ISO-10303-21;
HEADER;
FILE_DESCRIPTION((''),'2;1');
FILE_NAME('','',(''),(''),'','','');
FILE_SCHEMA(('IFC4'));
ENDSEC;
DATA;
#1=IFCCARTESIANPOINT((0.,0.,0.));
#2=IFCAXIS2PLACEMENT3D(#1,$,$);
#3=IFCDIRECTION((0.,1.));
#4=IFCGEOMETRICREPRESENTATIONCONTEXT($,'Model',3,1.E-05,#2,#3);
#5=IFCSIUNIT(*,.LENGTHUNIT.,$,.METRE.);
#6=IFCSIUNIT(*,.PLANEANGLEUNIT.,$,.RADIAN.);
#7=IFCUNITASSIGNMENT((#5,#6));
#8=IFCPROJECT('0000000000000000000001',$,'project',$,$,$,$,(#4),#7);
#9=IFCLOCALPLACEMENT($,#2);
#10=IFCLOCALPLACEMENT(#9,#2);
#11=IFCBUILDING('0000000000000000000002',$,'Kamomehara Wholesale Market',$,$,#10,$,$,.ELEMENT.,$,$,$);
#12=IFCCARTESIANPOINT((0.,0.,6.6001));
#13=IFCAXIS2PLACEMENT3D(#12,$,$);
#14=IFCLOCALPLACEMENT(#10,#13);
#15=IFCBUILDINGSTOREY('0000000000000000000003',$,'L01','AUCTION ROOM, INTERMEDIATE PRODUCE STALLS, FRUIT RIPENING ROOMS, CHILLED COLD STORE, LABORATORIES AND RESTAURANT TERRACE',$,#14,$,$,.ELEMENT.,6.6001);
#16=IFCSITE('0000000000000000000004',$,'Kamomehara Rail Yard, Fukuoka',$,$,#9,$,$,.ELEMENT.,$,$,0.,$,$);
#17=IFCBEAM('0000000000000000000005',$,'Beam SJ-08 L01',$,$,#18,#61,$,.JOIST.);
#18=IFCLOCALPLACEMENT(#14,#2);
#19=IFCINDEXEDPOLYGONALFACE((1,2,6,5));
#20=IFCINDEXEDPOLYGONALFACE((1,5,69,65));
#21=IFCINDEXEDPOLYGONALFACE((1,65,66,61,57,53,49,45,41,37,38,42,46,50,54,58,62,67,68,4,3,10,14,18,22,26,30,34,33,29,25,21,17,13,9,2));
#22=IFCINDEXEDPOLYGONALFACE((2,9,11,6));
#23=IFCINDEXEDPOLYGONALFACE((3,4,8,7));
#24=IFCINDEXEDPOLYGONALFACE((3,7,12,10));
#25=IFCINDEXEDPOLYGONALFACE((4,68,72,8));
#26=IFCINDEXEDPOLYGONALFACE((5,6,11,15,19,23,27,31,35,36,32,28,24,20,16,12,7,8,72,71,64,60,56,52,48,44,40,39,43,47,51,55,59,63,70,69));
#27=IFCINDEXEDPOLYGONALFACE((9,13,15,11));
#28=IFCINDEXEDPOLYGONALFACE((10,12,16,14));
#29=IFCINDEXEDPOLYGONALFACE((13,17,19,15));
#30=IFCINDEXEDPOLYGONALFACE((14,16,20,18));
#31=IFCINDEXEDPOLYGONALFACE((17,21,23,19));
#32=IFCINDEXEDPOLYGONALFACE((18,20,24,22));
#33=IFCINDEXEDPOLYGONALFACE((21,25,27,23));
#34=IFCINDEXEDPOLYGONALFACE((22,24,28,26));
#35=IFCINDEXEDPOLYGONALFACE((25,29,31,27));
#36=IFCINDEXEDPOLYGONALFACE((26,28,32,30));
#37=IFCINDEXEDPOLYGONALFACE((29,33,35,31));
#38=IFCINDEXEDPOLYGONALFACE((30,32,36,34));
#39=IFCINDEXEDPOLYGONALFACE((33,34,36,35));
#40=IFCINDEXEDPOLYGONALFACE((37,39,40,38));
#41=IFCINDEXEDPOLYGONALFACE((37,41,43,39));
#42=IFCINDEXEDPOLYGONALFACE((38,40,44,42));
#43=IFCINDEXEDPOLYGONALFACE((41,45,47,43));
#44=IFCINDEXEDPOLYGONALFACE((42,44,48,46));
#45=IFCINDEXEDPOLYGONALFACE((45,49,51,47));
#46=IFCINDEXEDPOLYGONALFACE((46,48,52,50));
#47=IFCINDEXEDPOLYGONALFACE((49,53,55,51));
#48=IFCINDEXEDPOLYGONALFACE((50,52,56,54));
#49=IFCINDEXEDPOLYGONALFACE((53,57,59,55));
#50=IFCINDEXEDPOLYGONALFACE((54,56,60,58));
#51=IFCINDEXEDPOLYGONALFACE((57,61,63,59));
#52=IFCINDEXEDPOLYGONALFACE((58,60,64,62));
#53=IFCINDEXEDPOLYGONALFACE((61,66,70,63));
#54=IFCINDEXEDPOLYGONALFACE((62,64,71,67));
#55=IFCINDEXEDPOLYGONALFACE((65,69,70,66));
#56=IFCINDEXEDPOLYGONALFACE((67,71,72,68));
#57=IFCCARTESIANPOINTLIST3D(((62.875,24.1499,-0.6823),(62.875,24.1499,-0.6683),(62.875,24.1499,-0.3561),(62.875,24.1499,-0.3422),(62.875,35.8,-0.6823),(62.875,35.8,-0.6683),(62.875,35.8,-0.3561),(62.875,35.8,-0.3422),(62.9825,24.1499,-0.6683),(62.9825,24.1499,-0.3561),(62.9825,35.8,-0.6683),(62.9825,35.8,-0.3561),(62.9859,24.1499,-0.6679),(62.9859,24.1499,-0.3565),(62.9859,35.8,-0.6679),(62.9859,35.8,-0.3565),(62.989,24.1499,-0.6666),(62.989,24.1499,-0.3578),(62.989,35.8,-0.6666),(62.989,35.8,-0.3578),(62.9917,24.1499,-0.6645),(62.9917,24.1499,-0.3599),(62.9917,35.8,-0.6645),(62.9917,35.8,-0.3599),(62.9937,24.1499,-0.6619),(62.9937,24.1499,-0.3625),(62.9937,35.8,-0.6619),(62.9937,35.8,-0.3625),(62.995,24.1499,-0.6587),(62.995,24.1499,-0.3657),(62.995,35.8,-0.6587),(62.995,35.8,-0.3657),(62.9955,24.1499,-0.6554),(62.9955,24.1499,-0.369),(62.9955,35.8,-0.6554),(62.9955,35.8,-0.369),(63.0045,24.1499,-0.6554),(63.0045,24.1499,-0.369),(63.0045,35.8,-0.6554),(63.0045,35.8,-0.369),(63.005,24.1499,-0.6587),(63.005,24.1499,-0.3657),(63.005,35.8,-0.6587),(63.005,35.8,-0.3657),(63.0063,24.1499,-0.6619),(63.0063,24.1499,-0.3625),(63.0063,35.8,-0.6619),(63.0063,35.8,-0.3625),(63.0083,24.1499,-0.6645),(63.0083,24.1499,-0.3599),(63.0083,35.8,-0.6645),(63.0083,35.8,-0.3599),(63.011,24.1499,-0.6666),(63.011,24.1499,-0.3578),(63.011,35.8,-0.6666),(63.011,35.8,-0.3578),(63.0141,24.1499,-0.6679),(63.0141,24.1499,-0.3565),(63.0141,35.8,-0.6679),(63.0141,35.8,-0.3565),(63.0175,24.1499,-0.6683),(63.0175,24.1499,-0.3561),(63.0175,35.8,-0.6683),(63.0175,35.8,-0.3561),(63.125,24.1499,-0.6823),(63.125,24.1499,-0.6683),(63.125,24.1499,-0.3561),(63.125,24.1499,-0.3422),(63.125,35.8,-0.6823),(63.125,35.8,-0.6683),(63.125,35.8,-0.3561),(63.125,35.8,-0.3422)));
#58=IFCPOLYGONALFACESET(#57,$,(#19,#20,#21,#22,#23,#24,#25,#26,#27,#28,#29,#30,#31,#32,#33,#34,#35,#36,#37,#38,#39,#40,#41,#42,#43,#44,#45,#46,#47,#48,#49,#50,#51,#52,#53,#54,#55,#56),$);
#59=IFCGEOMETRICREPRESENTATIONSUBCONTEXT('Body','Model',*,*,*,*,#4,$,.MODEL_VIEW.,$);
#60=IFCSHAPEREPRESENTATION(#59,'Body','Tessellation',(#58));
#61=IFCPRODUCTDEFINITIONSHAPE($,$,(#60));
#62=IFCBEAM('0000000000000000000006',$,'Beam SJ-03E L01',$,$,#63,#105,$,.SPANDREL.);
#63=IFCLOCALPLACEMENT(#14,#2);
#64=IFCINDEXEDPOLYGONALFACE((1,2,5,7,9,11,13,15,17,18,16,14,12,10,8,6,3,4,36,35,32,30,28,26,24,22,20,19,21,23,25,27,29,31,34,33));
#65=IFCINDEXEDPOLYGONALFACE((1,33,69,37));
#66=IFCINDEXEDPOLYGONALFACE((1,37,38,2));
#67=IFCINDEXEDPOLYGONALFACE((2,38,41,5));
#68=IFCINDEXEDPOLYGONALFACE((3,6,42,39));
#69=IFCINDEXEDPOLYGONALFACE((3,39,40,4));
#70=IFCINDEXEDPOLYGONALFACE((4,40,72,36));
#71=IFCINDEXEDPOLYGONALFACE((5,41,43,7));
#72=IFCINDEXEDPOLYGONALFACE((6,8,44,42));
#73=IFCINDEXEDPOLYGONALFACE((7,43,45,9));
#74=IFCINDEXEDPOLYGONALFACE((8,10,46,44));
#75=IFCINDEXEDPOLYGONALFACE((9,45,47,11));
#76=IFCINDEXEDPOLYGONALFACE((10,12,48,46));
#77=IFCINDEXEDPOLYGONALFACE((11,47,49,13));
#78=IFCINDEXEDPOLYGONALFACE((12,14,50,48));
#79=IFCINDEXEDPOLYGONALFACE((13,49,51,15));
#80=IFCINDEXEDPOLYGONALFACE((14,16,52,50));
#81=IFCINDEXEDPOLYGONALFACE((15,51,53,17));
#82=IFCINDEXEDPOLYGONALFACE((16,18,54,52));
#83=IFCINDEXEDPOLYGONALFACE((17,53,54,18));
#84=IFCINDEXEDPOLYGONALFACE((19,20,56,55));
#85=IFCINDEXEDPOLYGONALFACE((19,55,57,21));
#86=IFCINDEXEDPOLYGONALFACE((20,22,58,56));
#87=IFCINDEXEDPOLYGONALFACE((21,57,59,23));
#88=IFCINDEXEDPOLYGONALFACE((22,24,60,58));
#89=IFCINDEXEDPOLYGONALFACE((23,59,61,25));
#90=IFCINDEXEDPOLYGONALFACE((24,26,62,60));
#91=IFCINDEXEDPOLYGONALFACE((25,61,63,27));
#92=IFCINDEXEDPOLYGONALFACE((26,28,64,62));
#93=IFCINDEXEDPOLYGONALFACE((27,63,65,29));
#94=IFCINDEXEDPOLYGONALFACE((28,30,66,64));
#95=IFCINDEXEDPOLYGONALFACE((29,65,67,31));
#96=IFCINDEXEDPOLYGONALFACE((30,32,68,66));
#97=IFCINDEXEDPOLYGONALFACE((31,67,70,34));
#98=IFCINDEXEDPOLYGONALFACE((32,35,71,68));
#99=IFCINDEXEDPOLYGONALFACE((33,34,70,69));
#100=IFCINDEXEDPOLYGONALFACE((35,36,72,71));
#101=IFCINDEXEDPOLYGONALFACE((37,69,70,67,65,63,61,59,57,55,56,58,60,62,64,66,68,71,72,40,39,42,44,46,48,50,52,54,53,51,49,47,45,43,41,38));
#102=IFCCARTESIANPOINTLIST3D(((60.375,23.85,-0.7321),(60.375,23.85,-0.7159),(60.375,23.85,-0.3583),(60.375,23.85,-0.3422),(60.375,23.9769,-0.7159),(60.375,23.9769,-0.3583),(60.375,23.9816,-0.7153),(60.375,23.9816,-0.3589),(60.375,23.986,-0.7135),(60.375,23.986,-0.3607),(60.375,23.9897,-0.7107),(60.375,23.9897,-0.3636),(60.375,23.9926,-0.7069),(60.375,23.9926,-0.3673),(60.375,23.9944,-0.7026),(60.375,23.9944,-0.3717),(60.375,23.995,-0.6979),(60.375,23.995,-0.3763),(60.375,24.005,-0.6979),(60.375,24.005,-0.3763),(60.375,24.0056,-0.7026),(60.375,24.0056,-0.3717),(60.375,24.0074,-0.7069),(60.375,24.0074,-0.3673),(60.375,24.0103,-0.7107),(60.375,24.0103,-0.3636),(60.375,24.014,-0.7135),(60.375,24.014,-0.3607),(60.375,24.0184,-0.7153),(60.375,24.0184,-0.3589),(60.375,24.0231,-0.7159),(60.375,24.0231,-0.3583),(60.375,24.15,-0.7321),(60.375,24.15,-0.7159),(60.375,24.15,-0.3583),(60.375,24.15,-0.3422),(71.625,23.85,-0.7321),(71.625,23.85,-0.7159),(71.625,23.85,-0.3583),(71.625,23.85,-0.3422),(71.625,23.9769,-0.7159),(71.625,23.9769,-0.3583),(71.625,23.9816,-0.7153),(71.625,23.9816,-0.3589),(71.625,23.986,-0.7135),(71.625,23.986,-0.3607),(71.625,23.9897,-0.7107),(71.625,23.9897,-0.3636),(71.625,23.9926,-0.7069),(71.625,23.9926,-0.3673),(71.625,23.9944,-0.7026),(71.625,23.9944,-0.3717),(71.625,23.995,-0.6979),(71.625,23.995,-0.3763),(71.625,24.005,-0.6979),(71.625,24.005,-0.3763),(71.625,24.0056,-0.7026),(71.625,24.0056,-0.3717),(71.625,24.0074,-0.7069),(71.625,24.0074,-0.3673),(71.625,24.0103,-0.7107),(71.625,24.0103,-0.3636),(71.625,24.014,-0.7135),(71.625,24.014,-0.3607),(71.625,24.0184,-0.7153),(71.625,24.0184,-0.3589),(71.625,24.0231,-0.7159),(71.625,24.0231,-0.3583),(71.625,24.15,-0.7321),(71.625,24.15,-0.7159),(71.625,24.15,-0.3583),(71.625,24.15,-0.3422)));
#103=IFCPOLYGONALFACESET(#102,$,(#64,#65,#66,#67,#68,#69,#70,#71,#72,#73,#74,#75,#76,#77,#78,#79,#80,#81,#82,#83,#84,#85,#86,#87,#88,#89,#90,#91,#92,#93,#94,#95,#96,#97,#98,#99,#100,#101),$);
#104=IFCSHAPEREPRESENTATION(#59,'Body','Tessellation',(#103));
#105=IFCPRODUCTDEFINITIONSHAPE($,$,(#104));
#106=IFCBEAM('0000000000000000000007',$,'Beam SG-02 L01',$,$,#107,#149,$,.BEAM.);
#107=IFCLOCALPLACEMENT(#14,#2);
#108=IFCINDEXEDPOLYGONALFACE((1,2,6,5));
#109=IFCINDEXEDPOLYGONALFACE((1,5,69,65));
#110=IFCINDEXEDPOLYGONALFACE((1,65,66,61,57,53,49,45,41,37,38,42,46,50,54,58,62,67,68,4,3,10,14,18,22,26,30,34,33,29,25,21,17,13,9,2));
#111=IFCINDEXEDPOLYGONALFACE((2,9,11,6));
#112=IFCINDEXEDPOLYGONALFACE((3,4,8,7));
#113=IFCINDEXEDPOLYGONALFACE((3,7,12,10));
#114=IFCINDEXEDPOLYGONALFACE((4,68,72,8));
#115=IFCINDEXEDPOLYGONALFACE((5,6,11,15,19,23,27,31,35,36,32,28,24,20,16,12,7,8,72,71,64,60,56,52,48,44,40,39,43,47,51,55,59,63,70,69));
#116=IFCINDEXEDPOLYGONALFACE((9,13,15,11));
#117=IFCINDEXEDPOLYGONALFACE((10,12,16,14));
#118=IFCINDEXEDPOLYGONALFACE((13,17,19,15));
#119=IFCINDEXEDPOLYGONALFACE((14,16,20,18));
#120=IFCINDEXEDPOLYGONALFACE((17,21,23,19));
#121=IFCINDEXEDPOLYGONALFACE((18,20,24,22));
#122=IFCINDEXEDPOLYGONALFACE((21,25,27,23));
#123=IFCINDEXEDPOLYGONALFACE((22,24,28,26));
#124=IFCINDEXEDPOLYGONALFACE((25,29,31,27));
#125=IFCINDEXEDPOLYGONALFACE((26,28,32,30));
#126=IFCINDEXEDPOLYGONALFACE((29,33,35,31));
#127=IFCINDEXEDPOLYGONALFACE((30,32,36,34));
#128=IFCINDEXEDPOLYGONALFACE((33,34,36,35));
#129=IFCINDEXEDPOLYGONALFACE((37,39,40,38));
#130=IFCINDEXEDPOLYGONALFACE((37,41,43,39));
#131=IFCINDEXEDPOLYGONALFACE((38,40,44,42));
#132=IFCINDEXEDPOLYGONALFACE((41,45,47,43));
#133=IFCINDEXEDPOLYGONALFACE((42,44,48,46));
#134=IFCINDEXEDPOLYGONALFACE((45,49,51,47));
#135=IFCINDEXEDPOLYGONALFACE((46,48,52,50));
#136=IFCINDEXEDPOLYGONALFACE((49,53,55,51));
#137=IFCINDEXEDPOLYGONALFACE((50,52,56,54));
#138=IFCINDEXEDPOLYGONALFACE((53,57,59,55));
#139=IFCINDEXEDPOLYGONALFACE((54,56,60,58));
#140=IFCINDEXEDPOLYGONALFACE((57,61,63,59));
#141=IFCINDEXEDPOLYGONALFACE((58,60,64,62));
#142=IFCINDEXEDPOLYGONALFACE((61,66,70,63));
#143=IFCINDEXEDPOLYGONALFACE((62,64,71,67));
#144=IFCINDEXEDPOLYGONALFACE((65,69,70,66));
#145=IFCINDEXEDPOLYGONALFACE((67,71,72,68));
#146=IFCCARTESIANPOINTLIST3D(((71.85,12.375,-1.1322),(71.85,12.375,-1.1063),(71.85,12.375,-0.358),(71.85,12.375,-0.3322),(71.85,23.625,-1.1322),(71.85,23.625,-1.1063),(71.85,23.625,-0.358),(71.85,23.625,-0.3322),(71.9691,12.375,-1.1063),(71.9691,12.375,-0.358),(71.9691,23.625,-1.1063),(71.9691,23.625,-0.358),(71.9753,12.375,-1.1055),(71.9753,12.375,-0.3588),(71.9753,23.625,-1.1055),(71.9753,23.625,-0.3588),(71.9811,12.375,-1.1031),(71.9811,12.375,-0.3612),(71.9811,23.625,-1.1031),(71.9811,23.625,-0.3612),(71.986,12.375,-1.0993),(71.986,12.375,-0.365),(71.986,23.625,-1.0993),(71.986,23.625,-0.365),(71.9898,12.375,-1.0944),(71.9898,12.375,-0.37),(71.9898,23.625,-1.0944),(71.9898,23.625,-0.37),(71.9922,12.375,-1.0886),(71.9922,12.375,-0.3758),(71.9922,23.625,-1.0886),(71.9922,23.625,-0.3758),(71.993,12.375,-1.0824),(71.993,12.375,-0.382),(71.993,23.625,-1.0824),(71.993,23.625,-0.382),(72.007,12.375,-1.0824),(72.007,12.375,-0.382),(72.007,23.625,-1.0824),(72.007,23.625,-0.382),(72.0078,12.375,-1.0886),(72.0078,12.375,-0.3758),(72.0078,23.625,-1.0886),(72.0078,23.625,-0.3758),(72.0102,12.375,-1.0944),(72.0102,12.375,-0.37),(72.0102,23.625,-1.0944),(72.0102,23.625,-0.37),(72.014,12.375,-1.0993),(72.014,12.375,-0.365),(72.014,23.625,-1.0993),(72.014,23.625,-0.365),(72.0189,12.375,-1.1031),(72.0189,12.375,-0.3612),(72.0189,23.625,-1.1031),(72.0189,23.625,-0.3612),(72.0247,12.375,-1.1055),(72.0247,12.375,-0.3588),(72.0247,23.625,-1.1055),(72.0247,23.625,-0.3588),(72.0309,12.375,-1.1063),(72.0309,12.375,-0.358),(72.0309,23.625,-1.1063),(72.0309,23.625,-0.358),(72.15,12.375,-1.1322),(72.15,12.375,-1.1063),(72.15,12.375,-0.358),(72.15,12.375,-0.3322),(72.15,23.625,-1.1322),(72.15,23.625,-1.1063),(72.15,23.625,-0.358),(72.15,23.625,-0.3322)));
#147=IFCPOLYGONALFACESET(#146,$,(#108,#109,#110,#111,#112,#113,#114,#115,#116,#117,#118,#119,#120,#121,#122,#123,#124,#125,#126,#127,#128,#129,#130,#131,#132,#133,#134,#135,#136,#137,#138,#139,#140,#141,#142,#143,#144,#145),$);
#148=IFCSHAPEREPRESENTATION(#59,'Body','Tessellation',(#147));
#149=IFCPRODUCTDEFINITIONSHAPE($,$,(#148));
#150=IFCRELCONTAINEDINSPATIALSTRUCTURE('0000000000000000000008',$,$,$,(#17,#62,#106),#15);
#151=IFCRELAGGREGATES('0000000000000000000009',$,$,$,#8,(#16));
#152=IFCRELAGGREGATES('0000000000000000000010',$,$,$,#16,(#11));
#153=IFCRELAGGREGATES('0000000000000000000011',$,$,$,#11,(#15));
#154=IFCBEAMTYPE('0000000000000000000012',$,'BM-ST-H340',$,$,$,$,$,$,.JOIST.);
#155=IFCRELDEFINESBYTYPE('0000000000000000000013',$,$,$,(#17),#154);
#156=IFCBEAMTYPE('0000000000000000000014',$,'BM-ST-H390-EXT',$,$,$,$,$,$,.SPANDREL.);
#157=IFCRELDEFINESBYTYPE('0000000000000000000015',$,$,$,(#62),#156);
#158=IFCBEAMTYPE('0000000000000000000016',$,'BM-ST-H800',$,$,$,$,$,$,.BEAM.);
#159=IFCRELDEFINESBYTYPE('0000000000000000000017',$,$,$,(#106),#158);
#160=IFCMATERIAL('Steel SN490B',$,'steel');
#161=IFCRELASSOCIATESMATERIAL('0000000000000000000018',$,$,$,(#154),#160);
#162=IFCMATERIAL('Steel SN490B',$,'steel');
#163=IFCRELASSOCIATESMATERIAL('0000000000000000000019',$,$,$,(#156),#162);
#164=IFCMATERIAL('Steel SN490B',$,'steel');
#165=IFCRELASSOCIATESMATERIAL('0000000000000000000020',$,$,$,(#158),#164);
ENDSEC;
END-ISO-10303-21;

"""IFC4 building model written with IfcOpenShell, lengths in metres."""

from ifc_helpers import new_model, si_unit, direction, frame, origin, origin_2d, place, context, subcontext, project, spatial, i_section, extrude, material, material_profile, profile_set, type_object, element, save


model = new_model("IFC4")

# Units and contexts
model_context = context("Model", 3, precision=1e-05, world=origin(), true_north=direction((0.0, 1.0)))
body_context = subcontext(model_context, "Body", "Model", "MODEL_VIEW")
ifc_project = project(units=[si_unit("LENGTHUNIT", "METRE"), si_unit("PLANEANGLEUNIT", "RADIAN")], contexts=[model_context])

# Site, building, storey
site_placement = place(None, origin())
site = spatial("IfcSite", under=ifc_project, at=site_placement, Name="Kamomehara Rail Yard, Fukuoka", CompositionType="ELEMENT", RefElevation=0.0)
building_placement = place(site_placement, origin())
building = spatial("IfcBuilding", under=site, at=building_placement, Name="Kamomehara Wholesale Market", CompositionType="ELEMENT")
storey_placement = place(building_placement, frame((0.0, 0.0, 6.6001)))
storey = spatial("IfcBuildingStorey", under=building, at=storey_placement, Name="L01", Description="AUCTION ROOM, INTERMEDIATE PRODUCE STALLS, FRUIT RIPENING ROOMS, CHILLED COLD STORE, LABORATORIES AND RESTAURANT TERRACE", CompositionType="ELEMENT", Elevation=6.6001)

# Beams
ifc_material_1 = material(Name="Steel SN490B", Category="steel")
ifc_material_profile_1 = material_profile(ifc_material_1, i_section(OverallWidth=0.25, OverallDepth=0.3401, WebThickness=0.009, FlangeThickness=0.0139, FilletRadius=0.0129, at=origin_2d()), Name="H-340x250x9x14")
ifc_profile_set_1 = profile_set([ifc_material_profile_1], Name="Steel SN490B")
beam_type_1 = type_object("IfcBeamType", Name="BM-ST-H340", PredefinedType="JOIST", material=ifc_profile_set_1)
beam_1_placement = place(storey_placement, frame((63.0, 24.1499, -0.5122), z_axis=(0.0, 1.0, 0.0), x_axis=(-1.0, 0.0, 0.0)))
element("IfcBeam", 1, at=beam_1_placement, inside=storey, type_object=beam_type_1, Name="Beam SJ-08 L01", PredefinedType="JOIST", context=body_context, shape_type="SweptSolid", body=[
    extrude(i_section(OverallWidth=0.25, OverallDepth=0.3401, WebThickness=0.009, FlangeThickness=0.0139, FilletRadius=0.0129, at=origin_2d()), origin(), (0.0, 0.0, 1.0), 11.6501),
])
ifc_material_2 = material(Name="Steel SN490B", Category="steel")
ifc_material_profile_2 = material_profile(ifc_material_2, i_section(OverallWidth=0.3, OverallDepth=0.3899, WebThickness=0.01, FlangeThickness=0.0161, FilletRadius=0.0181, at=origin_2d()), Name="H-390x300x10x16")
ifc_profile_set_2 = profile_set([ifc_material_profile_2], Name="Steel SN490B")
beam_type_2 = type_object("IfcBeamType", Name="BM-ST-H390-EXT", PredefinedType="SPANDREL", material=ifc_profile_set_2)
beam_2_placement = place(storey_placement, frame((60.375, 24.0, -0.5371), z_axis=(1.0, 0.0, 0.0), x_axis=(0.0, 1.0, 0.0)))
element("IfcBeam", 2, at=beam_2_placement, inside=storey, type_object=beam_type_2, Name="Beam SJ-03E L01", PredefinedType="SPANDREL", context=body_context, shape_type="SweptSolid", body=[
    extrude(i_section(OverallWidth=0.3, OverallDepth=0.3899, WebThickness=0.01, FlangeThickness=0.0161, FilletRadius=0.0181, at=origin_2d()), origin(), (0.0, 0.0, 1.0), 11.25),
])
ifc_material_3 = material(Name="Steel SN490B", Category="steel")
ifc_material_profile_3 = material_profile(ifc_material_3, i_section(OverallWidth=0.3, OverallDepth=0.8, WebThickness=0.0139, FlangeThickness=0.0259, FilletRadius=0.0239, at=origin_2d()), Name="H-800x300x14x26")
ifc_profile_set_3 = profile_set([ifc_material_profile_3], Name="Steel SN490B")
beam_type_3 = type_object("IfcBeamType", Name="BM-ST-H800", PredefinedType="BEAM", material=ifc_profile_set_3)
beam_3_placement = place(storey_placement, frame((72.0, 12.375, -0.7322), z_axis=(0.0, 1.0, 0.0), x_axis=(-1.0, 0.0, 0.0)))
element("IfcBeam", 3, at=beam_3_placement, inside=storey, type_object=beam_type_3, Name="Beam SG-02 L01", PredefinedType="BEAM", context=body_context, shape_type="SweptSolid", body=[
    extrude(i_section(OverallWidth=0.3, OverallDepth=0.8, WebThickness=0.0139, FlangeThickness=0.0259, FilletRadius=0.0239, at=origin_2d()), origin(), (0.0, 0.0, 1.0), 11.25),
])

save(model, "model.ifc")
